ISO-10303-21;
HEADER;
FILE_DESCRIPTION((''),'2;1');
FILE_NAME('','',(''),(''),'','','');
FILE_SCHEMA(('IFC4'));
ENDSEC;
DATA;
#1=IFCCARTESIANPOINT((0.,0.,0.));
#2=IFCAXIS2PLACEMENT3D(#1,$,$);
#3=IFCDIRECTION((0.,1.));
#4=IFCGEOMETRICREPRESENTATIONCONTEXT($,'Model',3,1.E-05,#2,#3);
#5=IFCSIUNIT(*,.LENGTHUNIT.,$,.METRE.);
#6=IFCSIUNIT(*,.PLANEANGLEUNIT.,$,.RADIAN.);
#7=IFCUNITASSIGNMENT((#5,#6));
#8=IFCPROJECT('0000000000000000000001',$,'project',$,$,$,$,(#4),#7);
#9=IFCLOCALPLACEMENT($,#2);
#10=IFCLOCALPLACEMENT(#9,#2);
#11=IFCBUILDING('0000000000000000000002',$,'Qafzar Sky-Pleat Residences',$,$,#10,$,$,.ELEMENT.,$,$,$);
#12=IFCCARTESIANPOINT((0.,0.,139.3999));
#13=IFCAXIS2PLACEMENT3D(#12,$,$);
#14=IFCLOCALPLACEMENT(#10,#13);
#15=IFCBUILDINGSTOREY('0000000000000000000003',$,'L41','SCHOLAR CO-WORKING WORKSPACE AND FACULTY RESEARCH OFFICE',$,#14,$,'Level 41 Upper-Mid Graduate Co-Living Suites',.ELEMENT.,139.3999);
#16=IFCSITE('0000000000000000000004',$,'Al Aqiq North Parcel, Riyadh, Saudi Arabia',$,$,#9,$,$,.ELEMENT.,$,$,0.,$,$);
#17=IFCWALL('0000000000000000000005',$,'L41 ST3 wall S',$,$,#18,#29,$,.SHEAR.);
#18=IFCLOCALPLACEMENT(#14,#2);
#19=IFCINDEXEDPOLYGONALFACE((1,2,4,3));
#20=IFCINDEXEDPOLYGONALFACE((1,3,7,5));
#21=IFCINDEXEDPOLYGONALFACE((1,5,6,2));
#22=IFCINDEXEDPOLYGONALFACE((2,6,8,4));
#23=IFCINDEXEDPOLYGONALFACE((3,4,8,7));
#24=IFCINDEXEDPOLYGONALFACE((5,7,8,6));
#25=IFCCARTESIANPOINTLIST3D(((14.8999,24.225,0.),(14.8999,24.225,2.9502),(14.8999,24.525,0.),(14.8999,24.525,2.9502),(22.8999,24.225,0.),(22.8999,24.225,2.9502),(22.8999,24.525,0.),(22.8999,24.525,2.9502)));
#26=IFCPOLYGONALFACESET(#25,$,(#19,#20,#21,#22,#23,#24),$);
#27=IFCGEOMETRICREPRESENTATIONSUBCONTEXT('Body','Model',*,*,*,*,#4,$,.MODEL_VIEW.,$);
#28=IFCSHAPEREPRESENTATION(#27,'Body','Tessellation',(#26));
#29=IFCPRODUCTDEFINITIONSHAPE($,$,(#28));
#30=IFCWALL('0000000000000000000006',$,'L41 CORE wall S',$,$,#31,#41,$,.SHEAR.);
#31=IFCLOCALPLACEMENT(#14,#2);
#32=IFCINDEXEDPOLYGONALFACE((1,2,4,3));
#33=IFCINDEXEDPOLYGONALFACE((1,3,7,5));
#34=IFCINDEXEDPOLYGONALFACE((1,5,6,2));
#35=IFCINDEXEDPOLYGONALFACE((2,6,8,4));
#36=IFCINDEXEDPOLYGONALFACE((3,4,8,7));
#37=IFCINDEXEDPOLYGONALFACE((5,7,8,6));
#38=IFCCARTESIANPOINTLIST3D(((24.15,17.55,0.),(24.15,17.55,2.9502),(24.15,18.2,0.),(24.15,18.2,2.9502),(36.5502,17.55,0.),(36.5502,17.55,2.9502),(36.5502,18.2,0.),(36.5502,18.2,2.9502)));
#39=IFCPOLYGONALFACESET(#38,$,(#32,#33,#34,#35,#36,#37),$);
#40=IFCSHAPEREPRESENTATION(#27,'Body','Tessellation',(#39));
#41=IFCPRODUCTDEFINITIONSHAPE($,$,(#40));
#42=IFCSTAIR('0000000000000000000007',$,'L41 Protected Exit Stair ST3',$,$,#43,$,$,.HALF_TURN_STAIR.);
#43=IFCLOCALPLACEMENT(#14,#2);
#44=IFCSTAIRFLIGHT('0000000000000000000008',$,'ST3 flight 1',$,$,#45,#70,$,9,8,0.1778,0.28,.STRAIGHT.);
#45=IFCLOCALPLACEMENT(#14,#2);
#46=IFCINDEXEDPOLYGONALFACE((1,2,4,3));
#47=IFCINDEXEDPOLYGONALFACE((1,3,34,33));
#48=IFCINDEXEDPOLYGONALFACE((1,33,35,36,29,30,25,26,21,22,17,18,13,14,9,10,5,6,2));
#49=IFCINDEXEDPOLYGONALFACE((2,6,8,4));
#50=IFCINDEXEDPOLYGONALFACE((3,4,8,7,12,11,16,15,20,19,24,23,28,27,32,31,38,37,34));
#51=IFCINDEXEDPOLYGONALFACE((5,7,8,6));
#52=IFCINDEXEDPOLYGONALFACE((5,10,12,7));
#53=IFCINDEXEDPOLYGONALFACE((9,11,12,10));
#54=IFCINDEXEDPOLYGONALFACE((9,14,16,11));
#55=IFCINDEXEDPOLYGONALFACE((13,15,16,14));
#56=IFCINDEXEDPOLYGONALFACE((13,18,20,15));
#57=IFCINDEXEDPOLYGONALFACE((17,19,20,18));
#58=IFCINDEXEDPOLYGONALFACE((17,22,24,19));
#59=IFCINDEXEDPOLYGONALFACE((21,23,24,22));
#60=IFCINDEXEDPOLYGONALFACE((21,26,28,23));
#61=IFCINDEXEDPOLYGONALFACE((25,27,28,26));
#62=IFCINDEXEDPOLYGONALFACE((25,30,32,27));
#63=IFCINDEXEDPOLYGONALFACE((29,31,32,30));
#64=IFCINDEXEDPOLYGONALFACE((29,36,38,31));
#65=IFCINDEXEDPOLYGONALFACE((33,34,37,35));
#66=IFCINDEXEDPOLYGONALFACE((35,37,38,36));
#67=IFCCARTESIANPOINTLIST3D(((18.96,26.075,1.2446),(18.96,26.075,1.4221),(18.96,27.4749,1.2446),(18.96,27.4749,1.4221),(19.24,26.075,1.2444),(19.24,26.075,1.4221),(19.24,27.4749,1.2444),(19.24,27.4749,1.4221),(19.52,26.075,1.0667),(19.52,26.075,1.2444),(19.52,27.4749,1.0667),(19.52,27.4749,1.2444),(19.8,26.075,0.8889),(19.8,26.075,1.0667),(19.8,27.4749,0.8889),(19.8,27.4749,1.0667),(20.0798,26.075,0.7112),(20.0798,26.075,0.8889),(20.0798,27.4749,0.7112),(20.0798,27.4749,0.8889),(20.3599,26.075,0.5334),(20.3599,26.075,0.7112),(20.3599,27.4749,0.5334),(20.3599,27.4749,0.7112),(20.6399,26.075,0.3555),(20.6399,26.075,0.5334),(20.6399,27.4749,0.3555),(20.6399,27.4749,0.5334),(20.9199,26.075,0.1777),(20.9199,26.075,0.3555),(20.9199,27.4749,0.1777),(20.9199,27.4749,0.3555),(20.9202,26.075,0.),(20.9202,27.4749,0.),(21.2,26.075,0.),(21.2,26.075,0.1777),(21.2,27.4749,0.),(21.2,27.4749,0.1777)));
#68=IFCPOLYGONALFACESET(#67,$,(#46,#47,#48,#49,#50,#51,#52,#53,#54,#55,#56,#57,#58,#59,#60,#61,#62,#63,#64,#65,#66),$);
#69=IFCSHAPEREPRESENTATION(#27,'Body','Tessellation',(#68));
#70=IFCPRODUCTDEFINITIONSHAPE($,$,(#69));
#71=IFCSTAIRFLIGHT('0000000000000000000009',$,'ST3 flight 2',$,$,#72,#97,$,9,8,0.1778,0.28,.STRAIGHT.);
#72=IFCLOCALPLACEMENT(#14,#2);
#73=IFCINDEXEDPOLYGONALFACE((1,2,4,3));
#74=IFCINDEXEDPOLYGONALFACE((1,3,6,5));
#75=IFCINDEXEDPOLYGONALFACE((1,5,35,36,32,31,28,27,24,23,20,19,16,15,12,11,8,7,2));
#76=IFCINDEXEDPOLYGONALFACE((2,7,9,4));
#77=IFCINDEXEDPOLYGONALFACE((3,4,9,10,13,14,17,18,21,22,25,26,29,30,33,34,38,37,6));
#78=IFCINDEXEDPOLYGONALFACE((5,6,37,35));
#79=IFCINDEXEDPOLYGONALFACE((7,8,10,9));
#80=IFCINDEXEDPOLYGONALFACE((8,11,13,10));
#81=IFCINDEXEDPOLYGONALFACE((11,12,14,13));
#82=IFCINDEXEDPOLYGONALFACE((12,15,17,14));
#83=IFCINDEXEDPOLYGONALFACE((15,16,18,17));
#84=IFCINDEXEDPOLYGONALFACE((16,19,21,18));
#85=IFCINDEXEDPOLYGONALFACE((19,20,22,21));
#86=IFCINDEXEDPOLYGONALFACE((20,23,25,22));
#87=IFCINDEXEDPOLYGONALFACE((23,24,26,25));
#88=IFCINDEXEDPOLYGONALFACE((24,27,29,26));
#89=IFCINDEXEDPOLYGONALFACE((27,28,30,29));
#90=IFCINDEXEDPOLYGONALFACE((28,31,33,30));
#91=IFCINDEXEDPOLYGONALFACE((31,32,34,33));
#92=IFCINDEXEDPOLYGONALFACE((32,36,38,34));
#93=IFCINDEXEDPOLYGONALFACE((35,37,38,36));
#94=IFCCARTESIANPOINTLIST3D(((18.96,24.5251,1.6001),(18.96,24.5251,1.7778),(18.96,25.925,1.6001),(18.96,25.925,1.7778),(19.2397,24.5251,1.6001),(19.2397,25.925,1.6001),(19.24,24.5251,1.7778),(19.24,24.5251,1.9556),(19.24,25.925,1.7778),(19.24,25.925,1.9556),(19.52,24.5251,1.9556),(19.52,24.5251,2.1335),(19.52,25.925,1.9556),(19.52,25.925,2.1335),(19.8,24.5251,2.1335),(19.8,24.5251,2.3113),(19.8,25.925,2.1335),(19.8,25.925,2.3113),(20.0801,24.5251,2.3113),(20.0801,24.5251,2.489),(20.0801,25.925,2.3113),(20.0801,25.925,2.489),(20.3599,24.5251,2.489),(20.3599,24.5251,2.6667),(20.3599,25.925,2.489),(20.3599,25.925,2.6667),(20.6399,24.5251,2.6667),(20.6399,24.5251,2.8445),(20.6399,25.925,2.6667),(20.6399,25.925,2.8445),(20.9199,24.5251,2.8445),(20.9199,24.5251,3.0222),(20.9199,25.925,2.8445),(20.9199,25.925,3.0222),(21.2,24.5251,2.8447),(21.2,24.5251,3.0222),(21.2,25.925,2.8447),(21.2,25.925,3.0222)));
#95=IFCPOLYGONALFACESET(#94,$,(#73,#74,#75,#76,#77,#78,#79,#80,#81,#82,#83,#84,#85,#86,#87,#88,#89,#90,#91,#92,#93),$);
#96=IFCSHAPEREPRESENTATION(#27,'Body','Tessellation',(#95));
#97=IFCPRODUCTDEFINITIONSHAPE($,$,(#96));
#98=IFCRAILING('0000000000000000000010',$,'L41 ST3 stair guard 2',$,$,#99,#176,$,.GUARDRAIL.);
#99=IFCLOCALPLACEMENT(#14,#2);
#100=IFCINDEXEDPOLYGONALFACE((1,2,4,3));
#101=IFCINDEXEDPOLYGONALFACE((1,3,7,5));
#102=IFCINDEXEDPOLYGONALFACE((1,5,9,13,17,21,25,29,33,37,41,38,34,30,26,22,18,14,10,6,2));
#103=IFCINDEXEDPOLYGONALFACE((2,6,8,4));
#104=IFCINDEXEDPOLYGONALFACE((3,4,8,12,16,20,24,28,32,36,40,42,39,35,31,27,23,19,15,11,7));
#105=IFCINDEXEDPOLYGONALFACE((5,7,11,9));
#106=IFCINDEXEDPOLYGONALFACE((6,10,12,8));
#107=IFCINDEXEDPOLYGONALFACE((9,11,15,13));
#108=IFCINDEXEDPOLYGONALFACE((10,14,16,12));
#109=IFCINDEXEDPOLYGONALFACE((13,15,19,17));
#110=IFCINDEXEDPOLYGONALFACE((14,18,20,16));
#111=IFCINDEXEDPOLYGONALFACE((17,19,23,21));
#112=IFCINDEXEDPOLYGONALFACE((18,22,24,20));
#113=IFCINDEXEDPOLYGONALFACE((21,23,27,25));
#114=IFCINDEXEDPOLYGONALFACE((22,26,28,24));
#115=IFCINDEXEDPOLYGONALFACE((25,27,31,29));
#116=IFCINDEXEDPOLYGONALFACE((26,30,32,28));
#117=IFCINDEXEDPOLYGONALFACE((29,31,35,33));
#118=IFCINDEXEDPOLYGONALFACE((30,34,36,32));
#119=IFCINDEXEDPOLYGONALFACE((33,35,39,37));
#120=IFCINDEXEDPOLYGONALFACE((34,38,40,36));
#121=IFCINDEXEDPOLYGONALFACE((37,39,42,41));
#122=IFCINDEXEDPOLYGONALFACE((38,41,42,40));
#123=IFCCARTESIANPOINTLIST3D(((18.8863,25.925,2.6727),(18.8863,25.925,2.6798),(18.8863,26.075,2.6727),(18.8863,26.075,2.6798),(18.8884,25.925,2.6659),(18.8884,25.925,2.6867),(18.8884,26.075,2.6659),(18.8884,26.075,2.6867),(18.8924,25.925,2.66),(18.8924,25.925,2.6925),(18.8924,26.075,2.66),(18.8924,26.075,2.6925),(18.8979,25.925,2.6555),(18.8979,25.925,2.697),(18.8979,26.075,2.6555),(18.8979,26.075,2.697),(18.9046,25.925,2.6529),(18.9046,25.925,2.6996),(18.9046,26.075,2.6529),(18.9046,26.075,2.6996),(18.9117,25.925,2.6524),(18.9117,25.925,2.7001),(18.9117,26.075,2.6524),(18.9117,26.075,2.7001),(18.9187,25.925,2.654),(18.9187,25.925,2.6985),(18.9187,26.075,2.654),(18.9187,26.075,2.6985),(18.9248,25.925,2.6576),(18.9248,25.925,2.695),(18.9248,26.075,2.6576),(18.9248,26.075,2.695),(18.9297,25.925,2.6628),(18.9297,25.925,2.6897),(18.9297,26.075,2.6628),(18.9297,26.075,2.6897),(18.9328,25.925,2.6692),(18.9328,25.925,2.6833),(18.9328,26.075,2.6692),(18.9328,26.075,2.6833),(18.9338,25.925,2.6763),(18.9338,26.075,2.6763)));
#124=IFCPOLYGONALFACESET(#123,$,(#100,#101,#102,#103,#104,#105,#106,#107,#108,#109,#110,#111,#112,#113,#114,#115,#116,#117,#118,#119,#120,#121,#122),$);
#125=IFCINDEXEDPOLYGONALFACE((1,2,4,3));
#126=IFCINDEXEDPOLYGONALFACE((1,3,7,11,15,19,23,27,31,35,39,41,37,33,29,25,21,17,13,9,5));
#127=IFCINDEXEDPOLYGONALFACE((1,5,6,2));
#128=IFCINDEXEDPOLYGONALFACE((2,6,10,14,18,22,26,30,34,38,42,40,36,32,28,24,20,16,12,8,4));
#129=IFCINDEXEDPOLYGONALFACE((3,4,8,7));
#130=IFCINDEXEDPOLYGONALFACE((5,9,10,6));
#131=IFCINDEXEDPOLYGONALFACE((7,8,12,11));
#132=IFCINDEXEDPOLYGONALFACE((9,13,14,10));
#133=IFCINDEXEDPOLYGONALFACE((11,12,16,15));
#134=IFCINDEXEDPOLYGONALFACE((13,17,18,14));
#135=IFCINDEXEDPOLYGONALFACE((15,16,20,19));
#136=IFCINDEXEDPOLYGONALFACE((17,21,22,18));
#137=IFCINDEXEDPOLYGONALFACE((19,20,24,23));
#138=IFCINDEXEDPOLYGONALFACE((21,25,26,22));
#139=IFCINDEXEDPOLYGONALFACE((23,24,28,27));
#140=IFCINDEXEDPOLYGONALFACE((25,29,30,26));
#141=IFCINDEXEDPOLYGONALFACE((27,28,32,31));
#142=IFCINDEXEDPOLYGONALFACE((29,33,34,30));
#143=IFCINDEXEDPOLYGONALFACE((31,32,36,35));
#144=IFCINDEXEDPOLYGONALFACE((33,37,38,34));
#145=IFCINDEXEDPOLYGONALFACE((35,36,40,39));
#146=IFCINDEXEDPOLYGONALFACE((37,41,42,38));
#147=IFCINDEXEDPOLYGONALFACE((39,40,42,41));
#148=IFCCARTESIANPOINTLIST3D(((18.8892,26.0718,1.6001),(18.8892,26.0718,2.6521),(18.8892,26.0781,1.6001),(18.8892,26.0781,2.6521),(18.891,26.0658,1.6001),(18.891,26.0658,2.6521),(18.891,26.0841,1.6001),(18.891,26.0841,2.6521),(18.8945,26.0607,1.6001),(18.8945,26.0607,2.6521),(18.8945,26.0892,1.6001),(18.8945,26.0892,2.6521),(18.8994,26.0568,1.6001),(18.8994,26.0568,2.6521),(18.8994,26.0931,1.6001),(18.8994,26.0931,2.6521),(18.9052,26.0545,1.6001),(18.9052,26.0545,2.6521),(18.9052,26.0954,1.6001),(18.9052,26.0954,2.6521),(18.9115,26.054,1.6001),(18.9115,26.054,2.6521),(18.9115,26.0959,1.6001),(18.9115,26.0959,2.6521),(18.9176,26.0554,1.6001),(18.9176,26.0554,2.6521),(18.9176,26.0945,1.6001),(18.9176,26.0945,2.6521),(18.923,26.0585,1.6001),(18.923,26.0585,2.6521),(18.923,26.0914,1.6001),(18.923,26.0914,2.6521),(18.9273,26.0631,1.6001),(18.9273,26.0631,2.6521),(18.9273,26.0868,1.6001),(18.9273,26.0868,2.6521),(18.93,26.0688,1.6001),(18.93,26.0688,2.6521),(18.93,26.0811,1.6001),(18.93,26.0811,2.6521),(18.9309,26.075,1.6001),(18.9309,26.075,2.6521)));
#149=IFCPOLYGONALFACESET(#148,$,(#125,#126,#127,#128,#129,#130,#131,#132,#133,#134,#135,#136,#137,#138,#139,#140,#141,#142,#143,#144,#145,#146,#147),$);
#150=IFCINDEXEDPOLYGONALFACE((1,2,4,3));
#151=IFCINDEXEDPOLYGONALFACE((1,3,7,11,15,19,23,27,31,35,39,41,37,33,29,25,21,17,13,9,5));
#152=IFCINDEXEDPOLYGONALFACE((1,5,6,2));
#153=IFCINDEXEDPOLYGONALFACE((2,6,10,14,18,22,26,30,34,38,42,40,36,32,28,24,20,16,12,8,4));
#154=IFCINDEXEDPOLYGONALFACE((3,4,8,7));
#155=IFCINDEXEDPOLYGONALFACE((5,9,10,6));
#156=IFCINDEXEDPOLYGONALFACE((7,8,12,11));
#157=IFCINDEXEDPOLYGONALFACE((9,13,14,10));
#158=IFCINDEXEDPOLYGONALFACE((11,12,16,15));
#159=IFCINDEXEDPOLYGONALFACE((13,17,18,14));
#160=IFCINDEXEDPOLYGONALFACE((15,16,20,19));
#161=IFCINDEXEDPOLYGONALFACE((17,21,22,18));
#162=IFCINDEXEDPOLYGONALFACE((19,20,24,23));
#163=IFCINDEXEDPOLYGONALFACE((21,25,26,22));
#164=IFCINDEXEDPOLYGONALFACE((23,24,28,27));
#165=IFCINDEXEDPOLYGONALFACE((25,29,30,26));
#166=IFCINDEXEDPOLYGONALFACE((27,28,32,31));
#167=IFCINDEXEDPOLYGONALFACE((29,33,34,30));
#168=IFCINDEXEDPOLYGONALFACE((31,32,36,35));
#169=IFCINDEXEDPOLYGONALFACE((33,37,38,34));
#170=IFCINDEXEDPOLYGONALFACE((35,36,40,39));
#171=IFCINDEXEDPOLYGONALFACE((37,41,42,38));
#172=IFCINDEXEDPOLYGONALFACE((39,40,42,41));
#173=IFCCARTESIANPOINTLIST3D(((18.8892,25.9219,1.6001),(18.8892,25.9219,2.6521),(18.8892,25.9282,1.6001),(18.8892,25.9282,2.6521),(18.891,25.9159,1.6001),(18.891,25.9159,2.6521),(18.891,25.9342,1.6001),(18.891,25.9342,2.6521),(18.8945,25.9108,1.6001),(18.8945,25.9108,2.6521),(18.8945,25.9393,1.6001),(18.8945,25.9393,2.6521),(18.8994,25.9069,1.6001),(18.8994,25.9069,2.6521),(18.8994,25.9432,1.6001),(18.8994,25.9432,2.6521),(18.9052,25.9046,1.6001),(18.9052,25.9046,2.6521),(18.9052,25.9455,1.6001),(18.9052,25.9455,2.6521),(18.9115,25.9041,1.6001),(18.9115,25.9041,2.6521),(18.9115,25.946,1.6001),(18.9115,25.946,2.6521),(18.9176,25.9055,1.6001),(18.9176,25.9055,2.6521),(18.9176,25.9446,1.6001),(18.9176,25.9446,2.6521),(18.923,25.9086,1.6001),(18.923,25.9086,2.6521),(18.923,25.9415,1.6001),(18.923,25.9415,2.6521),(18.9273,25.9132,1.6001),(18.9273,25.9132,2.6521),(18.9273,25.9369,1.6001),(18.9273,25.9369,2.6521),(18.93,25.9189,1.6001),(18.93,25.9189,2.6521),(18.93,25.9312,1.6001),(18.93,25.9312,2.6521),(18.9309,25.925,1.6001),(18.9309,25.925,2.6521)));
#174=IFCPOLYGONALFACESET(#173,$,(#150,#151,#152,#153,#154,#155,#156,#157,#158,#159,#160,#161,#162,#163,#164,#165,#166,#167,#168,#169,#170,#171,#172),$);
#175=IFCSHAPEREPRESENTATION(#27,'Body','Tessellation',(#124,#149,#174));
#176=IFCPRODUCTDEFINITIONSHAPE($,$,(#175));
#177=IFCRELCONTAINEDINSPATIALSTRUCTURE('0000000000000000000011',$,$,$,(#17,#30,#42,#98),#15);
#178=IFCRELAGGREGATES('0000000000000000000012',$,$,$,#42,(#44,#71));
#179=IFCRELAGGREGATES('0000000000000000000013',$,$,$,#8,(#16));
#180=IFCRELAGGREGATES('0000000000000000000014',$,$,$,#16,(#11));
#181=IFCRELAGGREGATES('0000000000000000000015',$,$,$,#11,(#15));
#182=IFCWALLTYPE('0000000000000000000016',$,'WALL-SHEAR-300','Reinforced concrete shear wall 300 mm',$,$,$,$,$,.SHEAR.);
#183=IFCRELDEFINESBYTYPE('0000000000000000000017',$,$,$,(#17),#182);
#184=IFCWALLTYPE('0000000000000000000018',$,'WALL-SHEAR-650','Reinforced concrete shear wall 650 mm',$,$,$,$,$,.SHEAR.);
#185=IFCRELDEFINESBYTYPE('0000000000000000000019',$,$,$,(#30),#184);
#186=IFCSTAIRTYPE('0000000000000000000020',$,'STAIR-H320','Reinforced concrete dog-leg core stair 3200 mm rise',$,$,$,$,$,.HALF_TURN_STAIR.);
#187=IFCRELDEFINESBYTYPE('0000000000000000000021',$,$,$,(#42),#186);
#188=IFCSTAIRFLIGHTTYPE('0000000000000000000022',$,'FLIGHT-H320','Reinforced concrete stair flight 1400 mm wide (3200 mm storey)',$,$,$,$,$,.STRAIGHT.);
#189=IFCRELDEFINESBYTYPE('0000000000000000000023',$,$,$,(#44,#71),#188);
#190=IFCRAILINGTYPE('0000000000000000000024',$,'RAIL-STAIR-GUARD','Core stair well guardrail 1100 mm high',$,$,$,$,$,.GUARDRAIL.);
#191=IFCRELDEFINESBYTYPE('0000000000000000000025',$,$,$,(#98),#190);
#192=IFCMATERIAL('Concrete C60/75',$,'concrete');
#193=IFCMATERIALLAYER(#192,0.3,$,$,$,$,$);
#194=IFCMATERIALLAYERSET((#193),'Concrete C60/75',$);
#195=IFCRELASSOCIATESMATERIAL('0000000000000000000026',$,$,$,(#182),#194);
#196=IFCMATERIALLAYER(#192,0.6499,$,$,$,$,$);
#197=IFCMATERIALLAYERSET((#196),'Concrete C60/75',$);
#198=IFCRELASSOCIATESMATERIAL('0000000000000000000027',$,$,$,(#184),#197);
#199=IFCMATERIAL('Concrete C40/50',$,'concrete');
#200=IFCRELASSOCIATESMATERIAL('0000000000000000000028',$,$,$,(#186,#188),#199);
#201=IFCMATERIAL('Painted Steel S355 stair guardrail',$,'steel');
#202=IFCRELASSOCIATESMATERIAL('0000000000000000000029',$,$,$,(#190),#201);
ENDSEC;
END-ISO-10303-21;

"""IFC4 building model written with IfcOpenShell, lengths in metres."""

from ifc_helpers import new_model, si_unit, direction, frame, frame_2d, origin, origin_2d, place, context, subcontext, project, spatial, polyline, rectangle, circle, outline, extrude, source, transform, mapped, material, layer, layer_set, type_object, element, aggregate, save


model = new_model("IFC4")

# Units and contexts
model_context = context("Model", 3, precision=1e-05, world=origin(), true_north=direction((0.0, 1.0)))
body_context = subcontext(model_context, "Body", "Model", "MODEL_VIEW")
ifc_project = project(units=[si_unit("LENGTHUNIT", "METRE"), si_unit("PLANEANGLEUNIT", "RADIAN")], contexts=[model_context])

# Site, building, storey
site_placement = place(None, origin())
site = spatial("IfcSite", under=ifc_project, at=site_placement, Name="Al Aqiq North Parcel, Riyadh, Saudi Arabia", CompositionType="ELEMENT", RefElevation=0.0)
building_placement = place(site_placement, origin())
building = spatial("IfcBuilding", under=site, at=building_placement, Name="Qafzar Sky-Pleat Residences", CompositionType="ELEMENT")
storey_placement = place(building_placement, frame((0.0, 0.0, 139.3999)))
storey = spatial("IfcBuildingStorey", under=building, at=storey_placement, Name="L41", Description="SCHOLAR CO-WORKING WORKSPACE AND FACULTY RESEARCH OFFICE", LongName="Level 41 Upper-Mid Graduate Co-Living Suites", CompositionType="ELEMENT", Elevation=139.3999)

# Shared definitions
ifc_material_1 = material(Name="Concrete C60/75", Category="concrete")
ifc_layer_1 = layer(ifc_material_1, 0.3)
ifc_layer_set_1 = layer_set([ifc_layer_1], Name="Concrete C60/75")
wall_type_1 = type_object("IfcWallType", Name="WALL-SHEAR-300", Description="Reinforced concrete shear wall 300 mm", PredefinedType="SHEAR", material=ifc_layer_set_1)

# Wall
wall_1_placement = place(storey_placement, frame((14.8999, 24.375, 0.0), z_axis=(0.0, 0.0, 1.0), x_axis=(1.0, 0.0, 0.0)))
element("IfcWall", 1, at=wall_1_placement, inside=storey, type_object=wall_type_1, Name="L41 ST3 wall S", PredefinedType="SHEAR", context=body_context, shape_type="SweptSolid", body=[
    extrude(rectangle(XDim=8.0, YDim=0.3, at=frame_2d((4.0, 0.0))), origin(), (0.0, 0.0, 1.0), 2.9502),
])

# Wall
ifc_layer_2 = layer(ifc_material_1, 0.6499)
ifc_layer_set_2 = layer_set([ifc_layer_2], Name="Concrete C60/75")
wall_type_2 = type_object("IfcWallType", Name="WALL-SHEAR-650", Description="Reinforced concrete shear wall 650 mm", PredefinedType="SHEAR", material=ifc_layer_set_2)
wall_2_placement = place(storey_placement, frame((24.1499, 17.875, 0.0), z_axis=(0.0, 0.0, 1.0), x_axis=(1.0, 0.0, 0.0)))
element("IfcWall", 2, at=wall_2_placement, inside=storey, type_object=wall_type_2, Name="L41 CORE wall S", PredefinedType="SHEAR", context=body_context, shape_type="SweptSolid", body=[
    extrude(rectangle(XDim=12.4001, YDim=0.6499, at=frame_2d((6.2002, 0.0))), origin(), (0.0, 0.0, 1.0), 2.9502),
])

# Stair, stair flights
ifc_material_2 = material(Name="Concrete C40/50", Category="concrete")
stair_type = type_object("IfcStairType", Name="STAIR-H320", Description="Reinforced concrete dog-leg core stair 3200 mm rise", PredefinedType="HALF_TURN_STAIR", material=ifc_material_2)
stair_placement = place(storey_placement, origin())
stair = element("IfcStair", 3, at=stair_placement, inside=storey, type_object=stair_type, Name="L41 Protected Exit Stair ST3", PredefinedType="HALF_TURN_STAIR")
stair_flight_type = type_object("IfcStairFlightType", Name="FLIGHT-H320", Description="Reinforced concrete stair flight 1400 mm wide (3200 mm storey)", PredefinedType="STRAIGHT", material=ifc_material_2)
shared_shape_1 = source(origin(), body_context, "Body", "SweptSolid", [
    extrude(outline(polyline([(0.0, 0.0), (0.0, 0.1777), (0.28, 0.1777), (0.28, 0.3555), (0.5601, 0.3555), (0.5601, 0.5334), (0.8401, 0.5334), (0.8401, 0.7112), (1.1201, 0.7112), (1.1201, 0.8889), (1.3999, 0.8889), (1.3999, 1.0667), (1.6799, 1.0667), (1.6799, 1.2444), (1.96, 1.2444), (1.96, 1.4221), (2.24, 1.4221), (2.24, 1.6001), (2.24, 1.2446), (0.2798, 0.0), (0.0, 0.0)])), frame((0.0, 0.7, 0.0), z_axis=(0.0, -1.0, 0.0), x_axis=(1.0, 0.0, 0.0)), (0.0, 0.0, 1.0), 1.3999),
])
stair_flight_1_placement = place(storey_placement, frame((21.2, 26.7749, 0.0), z_axis=(0.0, 0.0, 1.0), x_axis=(-1.0, 0.0, 0.0)))
stair_flight_1 = element("IfcStairFlight", 4, at=stair_flight_1_placement, type_object=stair_flight_type, Name="ST3 flight 1", NumberOfRisers=9, NumberOfTreads=8, PredefinedType="STRAIGHT", RiserHeight=0.1778, TreadLength=0.28, context=body_context, shape_type="MappedRepresentation", body=[
    mapped(shared_shape_1, transform((0.0, 0.0, 0.0), x_axis=(1.0, 0.0, 0.0), y_axis=(0.0, 1.0, 0.0), z_axis=(0.0, 0.0, 1.0), scale=1.0)),
])
stair_flight_2_placement = place(storey_placement, frame((18.96, 25.2251, 1.6001), z_axis=(0.0, 0.0, 1.0), x_axis=(1.0, 0.0, 0.0)))
stair_flight_2 = element("IfcStairFlight", 5, at=stair_flight_2_placement, type_object=stair_flight_type, Name="ST3 flight 2", NumberOfRisers=9, NumberOfTreads=8, PredefinedType="STRAIGHT", RiserHeight=0.1778, TreadLength=0.28, context=body_context, shape_type="MappedRepresentation", body=[
    mapped(shared_shape_1, transform((0.0, 0.0, 0.0), x_axis=(1.0, 0.0, 0.0), y_axis=(0.0, 1.0, 0.0), z_axis=(0.0, 0.0, 1.0), scale=1.0)),
])
aggregate(stair, [stair_flight_1, stair_flight_2])

# Railing
ifc_material_3 = material(Name="Painted Steel S355 stair guardrail", Category="steel")
railing_type_1 = type_object("IfcRailingType", Name="RAIL-STAIR-GUARD", Description="Core stair well guardrail 1100 mm high", PredefinedType="GUARDRAIL", material=ifc_material_3)
shared_shape_2 = source(origin(), body_context, "Body", "SweptSolid", [
    extrude(circle(Radius=0.0239, at=origin_2d()), frame((0.0, 0.0, 1.0762), z_axis=(0.0, -1.0, 0.0), x_axis=(1.0, 0.0, 0.0)), (0.0, 0.0, 1.0), 0.1499),
    extrude(circle(Radius=0.021, at=origin_2d()), origin(), (0.0, 0.0, 1.0), 1.052),
    extrude(circle(Radius=0.021, at=origin_2d()), frame((0.0, -0.1499, 0.0)), (0.0, 0.0, 1.0), 1.052),
])
for number, where, name in (
    (6, (18.9099, 26.075, 1.6001), "L41 ST3 stair guard 2"),
):
    element("IfcRailing", number, at=place(storey_placement, frame(where)), inside=storey, type_object=railing_type_1, Name=name, PredefinedType="GUARDRAIL", context=body_context, shape_type="MappedRepresentation", body=[
        mapped(shared_shape_2, transform((0.0, 0.0, 0.0), x_axis=(1.0, 0.0, 0.0), y_axis=(0.0, 1.0, 0.0), z_axis=(0.0, 0.0, 1.0), scale=1.0)),
    ])

save(model, "model.ifc")
